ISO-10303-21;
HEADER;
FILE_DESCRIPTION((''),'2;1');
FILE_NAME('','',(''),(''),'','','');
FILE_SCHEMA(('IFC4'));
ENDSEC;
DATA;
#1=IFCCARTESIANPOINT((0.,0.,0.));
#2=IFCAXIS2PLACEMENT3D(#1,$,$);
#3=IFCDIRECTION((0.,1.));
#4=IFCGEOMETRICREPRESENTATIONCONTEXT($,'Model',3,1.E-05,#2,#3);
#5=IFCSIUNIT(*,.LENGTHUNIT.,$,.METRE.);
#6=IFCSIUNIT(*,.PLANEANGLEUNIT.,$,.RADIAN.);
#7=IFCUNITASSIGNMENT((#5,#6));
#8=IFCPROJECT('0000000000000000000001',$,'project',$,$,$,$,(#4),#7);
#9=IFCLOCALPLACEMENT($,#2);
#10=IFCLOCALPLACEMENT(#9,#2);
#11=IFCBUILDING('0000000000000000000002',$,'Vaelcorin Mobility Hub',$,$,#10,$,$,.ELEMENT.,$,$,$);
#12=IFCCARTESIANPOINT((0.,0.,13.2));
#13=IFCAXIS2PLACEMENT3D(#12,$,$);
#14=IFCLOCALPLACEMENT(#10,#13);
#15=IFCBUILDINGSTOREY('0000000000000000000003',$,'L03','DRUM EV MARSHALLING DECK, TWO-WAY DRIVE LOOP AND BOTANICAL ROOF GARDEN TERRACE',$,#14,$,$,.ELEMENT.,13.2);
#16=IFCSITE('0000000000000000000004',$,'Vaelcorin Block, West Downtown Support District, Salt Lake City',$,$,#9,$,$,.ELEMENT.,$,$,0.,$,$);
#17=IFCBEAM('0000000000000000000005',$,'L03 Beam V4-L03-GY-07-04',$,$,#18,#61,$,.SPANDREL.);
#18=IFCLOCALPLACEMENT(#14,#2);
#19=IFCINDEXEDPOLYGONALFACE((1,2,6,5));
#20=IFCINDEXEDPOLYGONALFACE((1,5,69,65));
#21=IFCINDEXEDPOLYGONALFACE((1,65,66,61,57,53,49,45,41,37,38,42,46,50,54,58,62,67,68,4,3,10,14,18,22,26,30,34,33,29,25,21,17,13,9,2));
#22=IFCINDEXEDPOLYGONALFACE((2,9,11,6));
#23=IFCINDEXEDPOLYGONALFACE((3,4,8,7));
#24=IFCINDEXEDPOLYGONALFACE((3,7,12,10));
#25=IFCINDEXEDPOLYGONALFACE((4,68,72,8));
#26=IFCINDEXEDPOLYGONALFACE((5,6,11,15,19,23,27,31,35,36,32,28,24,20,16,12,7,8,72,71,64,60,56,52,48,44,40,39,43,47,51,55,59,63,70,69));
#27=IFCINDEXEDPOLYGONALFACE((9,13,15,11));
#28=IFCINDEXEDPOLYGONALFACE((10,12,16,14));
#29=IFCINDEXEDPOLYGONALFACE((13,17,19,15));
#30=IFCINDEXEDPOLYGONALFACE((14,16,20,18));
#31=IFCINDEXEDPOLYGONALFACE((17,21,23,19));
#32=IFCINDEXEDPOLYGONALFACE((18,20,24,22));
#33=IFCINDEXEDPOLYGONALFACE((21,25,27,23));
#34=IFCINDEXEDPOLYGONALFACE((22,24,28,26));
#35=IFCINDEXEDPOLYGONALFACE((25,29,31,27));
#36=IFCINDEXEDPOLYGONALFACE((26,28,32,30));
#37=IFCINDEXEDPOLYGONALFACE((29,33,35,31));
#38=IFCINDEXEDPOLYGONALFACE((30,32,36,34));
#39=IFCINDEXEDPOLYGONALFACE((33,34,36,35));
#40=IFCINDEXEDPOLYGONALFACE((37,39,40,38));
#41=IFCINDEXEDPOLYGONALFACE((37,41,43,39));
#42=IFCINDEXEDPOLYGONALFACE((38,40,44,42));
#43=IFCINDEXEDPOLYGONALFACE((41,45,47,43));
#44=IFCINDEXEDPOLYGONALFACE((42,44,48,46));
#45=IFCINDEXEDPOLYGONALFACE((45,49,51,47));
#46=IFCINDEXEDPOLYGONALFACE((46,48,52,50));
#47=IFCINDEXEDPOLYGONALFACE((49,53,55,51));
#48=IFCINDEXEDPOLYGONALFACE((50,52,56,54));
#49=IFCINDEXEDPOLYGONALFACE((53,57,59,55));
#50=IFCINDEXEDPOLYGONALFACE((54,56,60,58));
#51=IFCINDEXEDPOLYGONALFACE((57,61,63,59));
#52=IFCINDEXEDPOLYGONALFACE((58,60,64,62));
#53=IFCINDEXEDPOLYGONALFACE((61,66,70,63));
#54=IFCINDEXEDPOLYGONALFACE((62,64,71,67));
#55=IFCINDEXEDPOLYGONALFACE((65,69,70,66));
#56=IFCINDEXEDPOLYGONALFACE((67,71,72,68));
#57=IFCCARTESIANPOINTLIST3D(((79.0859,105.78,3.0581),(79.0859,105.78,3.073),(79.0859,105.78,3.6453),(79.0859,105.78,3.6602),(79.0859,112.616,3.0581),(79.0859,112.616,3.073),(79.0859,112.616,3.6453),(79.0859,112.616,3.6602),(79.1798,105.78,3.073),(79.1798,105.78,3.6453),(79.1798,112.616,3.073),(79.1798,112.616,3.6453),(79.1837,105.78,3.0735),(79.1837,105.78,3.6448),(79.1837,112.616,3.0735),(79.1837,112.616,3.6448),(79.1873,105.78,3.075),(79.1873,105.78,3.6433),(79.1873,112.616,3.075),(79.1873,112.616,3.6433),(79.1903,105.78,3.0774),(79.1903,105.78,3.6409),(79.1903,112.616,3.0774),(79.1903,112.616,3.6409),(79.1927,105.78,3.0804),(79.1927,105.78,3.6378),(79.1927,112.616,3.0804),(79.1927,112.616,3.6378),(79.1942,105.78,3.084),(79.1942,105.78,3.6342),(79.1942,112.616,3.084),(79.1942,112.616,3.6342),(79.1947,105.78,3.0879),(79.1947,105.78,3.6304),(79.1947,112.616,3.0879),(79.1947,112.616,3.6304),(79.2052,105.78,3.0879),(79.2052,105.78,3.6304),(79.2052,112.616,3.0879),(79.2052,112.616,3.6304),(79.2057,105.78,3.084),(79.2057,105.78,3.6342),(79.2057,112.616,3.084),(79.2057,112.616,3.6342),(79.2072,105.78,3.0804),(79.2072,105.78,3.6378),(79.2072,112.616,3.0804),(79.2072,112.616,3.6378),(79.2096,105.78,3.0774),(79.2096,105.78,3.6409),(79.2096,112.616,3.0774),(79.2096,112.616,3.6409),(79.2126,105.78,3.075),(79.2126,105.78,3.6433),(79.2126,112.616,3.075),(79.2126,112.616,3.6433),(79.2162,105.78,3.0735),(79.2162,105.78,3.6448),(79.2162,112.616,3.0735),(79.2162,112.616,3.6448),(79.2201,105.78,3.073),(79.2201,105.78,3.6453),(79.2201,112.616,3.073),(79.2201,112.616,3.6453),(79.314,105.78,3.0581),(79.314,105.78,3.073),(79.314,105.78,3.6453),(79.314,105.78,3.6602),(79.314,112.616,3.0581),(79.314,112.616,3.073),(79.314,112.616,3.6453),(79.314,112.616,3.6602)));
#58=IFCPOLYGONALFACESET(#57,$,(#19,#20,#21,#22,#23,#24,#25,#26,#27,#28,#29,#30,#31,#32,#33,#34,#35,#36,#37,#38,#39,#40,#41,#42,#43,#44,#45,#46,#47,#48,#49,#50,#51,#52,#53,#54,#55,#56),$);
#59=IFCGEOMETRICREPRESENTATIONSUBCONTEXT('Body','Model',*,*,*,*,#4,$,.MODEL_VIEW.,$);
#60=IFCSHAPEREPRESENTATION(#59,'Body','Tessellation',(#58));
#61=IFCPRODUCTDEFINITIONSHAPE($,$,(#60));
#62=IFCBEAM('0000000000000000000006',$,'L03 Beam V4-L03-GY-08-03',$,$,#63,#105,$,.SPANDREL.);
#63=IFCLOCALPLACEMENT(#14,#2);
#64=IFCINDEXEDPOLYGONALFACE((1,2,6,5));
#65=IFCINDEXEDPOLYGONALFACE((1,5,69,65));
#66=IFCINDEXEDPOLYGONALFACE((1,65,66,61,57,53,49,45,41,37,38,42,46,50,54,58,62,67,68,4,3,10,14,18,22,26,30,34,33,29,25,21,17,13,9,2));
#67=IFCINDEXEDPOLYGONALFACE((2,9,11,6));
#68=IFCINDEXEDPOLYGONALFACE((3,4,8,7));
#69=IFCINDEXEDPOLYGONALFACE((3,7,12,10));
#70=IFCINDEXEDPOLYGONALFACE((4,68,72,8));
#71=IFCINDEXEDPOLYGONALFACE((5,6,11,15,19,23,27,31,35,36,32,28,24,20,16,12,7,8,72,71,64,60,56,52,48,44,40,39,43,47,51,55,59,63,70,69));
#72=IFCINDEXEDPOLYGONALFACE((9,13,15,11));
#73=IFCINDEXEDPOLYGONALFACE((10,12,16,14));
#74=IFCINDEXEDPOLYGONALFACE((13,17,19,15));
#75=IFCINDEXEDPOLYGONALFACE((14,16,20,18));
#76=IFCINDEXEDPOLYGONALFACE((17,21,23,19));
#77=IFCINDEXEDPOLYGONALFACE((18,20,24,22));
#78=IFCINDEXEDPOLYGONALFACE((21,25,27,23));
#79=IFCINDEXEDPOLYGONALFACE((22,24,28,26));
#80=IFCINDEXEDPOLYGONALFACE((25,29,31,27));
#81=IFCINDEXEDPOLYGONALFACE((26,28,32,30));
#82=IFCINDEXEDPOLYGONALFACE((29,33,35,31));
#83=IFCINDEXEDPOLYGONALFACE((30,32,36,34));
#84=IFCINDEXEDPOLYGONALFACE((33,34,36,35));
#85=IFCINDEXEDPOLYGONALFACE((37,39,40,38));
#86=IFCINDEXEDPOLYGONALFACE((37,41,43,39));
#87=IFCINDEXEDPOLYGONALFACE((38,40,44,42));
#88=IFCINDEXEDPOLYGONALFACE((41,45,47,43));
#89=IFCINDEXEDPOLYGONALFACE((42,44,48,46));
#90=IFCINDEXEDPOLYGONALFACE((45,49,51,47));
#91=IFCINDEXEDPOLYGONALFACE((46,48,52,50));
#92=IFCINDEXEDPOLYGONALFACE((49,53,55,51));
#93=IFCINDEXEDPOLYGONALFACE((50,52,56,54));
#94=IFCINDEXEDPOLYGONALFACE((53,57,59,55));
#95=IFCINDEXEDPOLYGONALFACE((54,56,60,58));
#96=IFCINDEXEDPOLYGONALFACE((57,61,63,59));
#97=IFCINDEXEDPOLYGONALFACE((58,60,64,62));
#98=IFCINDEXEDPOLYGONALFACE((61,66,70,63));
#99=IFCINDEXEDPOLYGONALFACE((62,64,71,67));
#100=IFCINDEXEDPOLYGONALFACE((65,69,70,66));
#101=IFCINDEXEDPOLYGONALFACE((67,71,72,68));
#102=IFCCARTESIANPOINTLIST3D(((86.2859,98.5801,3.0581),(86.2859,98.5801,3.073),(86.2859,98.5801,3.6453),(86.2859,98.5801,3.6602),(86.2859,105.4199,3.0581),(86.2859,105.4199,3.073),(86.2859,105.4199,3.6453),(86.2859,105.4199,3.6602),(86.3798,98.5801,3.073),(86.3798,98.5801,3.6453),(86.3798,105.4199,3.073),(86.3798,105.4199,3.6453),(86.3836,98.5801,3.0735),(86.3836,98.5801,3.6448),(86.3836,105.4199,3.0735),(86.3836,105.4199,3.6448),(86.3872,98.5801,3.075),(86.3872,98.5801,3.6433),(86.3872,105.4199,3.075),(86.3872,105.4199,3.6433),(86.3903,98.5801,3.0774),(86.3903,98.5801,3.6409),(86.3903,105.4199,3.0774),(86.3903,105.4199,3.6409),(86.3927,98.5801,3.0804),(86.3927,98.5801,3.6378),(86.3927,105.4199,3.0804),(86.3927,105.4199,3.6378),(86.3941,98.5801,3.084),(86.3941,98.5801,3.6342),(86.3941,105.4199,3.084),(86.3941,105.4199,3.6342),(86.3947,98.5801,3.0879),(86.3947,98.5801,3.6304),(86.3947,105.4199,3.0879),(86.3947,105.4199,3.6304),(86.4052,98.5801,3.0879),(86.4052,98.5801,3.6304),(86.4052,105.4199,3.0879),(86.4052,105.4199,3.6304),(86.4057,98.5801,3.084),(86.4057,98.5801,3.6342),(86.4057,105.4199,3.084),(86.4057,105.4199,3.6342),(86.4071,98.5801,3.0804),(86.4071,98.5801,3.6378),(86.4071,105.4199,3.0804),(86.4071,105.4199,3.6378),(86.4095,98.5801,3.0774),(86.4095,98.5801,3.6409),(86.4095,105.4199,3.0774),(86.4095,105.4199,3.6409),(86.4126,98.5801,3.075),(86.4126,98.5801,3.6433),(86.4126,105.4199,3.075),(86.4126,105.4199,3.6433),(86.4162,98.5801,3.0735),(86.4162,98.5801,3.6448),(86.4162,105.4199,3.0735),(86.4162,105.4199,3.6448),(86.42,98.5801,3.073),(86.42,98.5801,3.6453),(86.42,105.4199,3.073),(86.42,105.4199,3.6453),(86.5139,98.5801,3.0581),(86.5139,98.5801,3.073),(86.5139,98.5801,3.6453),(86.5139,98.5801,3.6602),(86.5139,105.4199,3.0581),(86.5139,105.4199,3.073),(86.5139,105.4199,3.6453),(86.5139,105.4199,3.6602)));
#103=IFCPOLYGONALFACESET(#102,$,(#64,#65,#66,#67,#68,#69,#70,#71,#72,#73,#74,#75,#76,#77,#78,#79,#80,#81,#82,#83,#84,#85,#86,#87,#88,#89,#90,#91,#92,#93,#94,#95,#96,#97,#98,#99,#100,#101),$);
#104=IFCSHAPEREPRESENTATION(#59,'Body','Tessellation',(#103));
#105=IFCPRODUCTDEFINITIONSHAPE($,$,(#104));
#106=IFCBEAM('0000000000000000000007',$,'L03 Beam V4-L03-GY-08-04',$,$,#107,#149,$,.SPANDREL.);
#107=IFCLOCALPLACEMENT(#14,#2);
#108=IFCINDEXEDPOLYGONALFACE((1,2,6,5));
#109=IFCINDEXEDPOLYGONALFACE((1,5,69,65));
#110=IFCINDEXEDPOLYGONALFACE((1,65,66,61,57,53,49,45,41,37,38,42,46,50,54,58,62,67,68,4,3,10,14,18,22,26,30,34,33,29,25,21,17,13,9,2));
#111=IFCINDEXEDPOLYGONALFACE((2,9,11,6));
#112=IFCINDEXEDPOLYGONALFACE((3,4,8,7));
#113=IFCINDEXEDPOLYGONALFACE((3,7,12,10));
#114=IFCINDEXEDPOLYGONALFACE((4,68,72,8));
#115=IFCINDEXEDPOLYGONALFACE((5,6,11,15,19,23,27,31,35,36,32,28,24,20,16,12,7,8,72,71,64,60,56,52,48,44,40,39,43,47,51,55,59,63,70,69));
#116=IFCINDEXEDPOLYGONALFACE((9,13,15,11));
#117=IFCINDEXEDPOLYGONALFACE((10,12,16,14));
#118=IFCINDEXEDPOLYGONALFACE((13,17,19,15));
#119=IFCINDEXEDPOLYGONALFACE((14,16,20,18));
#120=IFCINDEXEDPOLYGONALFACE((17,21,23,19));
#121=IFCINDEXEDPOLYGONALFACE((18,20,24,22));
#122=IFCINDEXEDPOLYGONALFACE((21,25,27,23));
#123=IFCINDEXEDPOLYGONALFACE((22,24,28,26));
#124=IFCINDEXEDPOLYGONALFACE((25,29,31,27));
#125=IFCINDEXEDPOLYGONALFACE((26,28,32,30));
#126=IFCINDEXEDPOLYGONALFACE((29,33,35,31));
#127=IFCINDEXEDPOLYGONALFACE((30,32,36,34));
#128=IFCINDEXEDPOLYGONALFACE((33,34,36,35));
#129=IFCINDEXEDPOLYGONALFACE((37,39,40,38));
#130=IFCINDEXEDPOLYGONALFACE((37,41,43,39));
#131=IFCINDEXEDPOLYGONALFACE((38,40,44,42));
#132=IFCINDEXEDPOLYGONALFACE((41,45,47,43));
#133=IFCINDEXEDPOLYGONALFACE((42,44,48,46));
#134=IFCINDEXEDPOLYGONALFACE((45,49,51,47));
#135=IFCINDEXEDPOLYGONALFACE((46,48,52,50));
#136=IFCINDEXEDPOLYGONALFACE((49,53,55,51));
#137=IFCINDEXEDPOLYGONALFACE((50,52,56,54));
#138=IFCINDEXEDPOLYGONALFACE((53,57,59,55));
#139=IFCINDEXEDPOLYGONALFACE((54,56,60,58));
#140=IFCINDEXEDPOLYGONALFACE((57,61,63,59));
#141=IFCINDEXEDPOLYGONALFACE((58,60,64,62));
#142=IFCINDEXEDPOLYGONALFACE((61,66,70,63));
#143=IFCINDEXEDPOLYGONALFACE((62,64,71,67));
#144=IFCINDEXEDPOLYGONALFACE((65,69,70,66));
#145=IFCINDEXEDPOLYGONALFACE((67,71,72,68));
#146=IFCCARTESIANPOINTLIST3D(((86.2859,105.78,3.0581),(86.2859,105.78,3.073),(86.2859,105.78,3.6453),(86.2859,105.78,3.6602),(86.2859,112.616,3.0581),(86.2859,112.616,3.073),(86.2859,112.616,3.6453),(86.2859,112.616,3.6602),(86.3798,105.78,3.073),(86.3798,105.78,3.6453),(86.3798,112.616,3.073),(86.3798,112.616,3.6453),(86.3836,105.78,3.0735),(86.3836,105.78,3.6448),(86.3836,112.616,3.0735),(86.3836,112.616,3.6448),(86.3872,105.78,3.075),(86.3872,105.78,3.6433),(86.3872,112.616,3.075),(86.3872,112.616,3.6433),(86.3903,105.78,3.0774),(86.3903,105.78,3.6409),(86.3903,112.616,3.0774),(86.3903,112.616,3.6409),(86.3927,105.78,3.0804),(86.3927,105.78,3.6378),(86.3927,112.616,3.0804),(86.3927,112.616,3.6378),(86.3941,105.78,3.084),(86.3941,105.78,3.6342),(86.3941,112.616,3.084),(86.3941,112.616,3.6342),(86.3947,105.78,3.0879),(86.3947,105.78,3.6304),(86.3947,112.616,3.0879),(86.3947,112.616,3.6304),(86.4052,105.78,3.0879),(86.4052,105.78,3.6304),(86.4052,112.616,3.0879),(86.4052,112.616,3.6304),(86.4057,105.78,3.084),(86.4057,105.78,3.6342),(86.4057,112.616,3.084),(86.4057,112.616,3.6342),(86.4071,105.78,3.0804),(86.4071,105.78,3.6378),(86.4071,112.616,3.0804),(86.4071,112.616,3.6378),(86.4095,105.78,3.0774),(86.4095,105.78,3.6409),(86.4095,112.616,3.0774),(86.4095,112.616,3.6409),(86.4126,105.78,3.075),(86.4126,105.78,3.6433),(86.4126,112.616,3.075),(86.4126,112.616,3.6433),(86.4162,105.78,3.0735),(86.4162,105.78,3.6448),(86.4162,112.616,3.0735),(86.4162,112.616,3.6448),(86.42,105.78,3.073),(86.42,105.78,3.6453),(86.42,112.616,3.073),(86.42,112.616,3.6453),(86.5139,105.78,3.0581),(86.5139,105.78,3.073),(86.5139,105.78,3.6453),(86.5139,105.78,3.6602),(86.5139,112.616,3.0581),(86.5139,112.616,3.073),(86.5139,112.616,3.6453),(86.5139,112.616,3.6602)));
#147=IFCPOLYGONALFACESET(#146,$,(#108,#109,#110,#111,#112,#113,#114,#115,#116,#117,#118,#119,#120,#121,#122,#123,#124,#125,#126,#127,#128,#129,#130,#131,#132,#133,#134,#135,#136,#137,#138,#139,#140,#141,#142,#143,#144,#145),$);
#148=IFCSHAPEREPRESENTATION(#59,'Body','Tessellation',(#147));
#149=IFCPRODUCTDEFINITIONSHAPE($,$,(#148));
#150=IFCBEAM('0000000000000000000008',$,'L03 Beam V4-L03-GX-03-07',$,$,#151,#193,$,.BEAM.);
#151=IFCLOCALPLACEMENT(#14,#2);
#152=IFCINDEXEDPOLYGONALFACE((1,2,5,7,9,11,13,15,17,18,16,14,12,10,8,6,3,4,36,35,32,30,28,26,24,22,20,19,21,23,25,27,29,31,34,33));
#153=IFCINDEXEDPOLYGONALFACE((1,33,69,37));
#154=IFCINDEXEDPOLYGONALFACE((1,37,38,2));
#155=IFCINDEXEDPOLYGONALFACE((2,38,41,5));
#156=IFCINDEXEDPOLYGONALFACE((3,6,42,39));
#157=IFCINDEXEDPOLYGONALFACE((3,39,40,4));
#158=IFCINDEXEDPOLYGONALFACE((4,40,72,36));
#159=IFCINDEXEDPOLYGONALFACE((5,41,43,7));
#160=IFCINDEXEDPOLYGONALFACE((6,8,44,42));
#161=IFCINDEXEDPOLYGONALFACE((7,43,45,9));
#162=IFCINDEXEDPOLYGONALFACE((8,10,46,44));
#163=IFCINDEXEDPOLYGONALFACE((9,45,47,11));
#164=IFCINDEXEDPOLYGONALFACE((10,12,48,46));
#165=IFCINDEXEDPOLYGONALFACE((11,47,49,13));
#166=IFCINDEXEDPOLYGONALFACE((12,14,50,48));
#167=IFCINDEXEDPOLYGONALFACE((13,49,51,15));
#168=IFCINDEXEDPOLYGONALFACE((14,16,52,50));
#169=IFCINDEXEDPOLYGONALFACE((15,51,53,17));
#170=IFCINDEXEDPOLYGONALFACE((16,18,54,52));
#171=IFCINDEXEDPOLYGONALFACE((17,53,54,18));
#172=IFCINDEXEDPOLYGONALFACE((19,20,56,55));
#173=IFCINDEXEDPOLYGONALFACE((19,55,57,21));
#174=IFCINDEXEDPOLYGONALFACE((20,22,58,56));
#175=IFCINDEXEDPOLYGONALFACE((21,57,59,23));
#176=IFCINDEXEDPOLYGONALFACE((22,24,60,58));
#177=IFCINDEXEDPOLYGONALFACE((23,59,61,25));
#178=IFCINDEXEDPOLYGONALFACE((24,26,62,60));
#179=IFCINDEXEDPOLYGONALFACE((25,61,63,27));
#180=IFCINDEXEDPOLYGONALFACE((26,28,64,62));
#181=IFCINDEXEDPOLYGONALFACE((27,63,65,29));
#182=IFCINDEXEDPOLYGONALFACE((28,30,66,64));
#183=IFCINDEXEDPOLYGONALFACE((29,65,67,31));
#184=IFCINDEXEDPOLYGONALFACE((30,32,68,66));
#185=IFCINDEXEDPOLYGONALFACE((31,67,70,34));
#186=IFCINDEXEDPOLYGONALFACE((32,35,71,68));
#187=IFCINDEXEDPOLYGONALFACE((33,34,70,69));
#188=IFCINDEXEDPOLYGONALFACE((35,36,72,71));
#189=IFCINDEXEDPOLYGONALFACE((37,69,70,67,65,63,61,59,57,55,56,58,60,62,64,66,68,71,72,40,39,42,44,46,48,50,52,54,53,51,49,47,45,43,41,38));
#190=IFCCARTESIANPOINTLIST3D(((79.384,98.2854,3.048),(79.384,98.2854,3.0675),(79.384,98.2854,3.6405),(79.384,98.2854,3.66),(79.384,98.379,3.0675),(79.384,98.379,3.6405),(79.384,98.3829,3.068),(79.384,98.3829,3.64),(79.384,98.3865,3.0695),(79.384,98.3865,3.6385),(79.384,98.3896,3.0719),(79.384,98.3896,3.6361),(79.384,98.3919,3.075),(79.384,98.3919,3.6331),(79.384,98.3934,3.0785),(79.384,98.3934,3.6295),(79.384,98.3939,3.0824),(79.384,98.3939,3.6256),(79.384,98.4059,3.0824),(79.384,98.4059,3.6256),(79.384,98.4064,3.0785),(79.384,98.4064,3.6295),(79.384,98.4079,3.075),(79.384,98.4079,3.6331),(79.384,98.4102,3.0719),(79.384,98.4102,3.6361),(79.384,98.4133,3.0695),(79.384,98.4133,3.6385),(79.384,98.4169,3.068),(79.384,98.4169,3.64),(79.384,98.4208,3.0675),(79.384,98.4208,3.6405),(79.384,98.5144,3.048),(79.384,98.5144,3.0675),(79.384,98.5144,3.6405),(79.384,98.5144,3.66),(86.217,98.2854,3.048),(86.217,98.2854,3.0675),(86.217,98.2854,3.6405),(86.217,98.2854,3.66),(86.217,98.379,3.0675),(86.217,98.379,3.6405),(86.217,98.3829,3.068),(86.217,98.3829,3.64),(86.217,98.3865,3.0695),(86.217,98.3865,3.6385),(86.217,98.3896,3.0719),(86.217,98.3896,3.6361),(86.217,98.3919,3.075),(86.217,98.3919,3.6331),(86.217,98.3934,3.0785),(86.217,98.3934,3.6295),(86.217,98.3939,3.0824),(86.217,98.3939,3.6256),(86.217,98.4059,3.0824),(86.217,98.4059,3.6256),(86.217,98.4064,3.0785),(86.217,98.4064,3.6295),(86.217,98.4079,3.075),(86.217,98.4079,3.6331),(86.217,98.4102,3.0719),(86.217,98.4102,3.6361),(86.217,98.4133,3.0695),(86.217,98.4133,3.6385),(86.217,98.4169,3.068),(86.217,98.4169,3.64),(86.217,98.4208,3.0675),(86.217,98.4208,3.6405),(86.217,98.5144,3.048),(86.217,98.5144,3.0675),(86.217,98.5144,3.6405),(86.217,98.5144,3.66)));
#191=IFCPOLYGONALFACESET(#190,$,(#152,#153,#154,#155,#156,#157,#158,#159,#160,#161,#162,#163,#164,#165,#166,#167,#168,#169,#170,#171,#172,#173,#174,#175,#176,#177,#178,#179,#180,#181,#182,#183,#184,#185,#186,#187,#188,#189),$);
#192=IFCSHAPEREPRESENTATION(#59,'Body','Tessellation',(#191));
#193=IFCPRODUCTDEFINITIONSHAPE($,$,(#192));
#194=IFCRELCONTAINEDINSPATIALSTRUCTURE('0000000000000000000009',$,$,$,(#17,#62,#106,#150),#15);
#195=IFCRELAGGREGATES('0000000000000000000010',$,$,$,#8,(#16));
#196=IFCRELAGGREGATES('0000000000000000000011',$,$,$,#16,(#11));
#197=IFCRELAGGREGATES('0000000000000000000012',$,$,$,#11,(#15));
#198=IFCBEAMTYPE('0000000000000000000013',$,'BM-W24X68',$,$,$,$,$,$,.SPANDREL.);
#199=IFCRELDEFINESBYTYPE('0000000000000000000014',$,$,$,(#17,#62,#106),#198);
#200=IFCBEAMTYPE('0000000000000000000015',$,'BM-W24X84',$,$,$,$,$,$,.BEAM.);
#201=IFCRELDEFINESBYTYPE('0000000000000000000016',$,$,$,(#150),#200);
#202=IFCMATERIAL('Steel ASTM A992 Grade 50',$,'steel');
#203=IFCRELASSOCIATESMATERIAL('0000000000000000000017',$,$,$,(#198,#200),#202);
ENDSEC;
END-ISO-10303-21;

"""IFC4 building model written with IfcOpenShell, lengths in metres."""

from ifc_helpers import new_model, si_unit, direction, frame, origin, origin_2d, place, context, subcontext, project, spatial, i_section, extrude, material, material_profile, profile_set, type_object, element, save


model = new_model("IFC4")

# Units and contexts
model_context = context("Model", 3, precision=1e-05, world=origin(), true_north=direction((0.0, 1.0)))
body_context = subcontext(model_context, "Body", "Model", "MODEL_VIEW")
ifc_project = project(units=[si_unit("LENGTHUNIT", "METRE"), si_unit("PLANEANGLEUNIT", "RADIAN")], contexts=[model_context])

# Site, building, storey
site_placement = place(None, origin())
site = spatial("IfcSite", under=ifc_project, at=site_placement, Name="Vaelcorin Block, West Downtown Support District, Salt Lake City", CompositionType="ELEMENT", RefElevation=0.0)
building_placement = place(site_placement, origin())
building = spatial("IfcBuilding", under=site, at=building_placement, Name="Vaelcorin Mobility Hub", CompositionType="ELEMENT")
storey_placement = place(building_placement, frame((0.0, 0.0, 13.2)))
storey = spatial("IfcBuildingStorey", under=building, at=storey_placement, Name="L03", Description="DRUM EV MARSHALLING DECK, TWO-WAY DRIVE LOOP AND BOTANICAL ROOF GARDEN TERRACE", CompositionType="ELEMENT", Elevation=13.2)

# Shared definitions
ifc_material_1 = material(Name="Steel ASTM A992 Grade 50", Category="steel")

# Beams
ifc_material_profile_1 = material_profile(ifc_material_1, i_section(OverallWidth=0.228, OverallDepth=0.6021, WebThickness=0.0105, FlangeThickness=0.0149, FilletRadius=0.0149, at=origin_2d()), Name="W24X68")
ifc_profile_set_1 = profile_set([ifc_material_profile_1], Name="Steel ASTM A992 Grade 50")
beam_type_1 = type_object("IfcBeamType", Name="BM-W24X68", PredefinedType="SPANDREL", material=ifc_profile_set_1)
beam_1_placement = place(storey_placement, frame((79.2, 105.78, 3.3591), z_axis=(0.0, 1.0, 0.0), x_axis=(-1.0, 0.0, 0.0)))
element("IfcBeam", 1, at=beam_1_placement, inside=storey, type_object=beam_type_1, Name="L03 Beam V4-L03-GY-07-04", PredefinedType="SPANDREL", context=body_context, shape_type="SweptSolid", body=[
    extrude(i_section(OverallWidth=0.228, OverallDepth=0.6021, WebThickness=0.0105, FlangeThickness=0.0149, FilletRadius=0.0149, at=origin_2d()), origin(), (0.0, 0.0, 1.0), 6.8359),
])
beam_2_placement = place(storey_placement, frame((86.3999, 98.5801, 3.3591), z_axis=(0.0, 1.0, 0.0), x_axis=(-1.0, 0.0, 0.0)))
element("IfcBeam", 2, at=beam_2_placement, inside=storey, type_object=beam_type_1, Name="L03 Beam V4-L03-GY-08-03", PredefinedType="SPANDREL", context=body_context, shape_type="SweptSolid", body=[
    extrude(i_section(OverallWidth=0.228, OverallDepth=0.6021, WebThickness=0.0105, FlangeThickness=0.0149, FilletRadius=0.0149, at=origin_2d()), origin(), (0.0, 0.0, 1.0), 6.8398),
])
beam_3_placement = place(storey_placement, frame((86.3999, 105.78, 3.3591), z_axis=(0.0, 1.0, 0.0), x_axis=(-1.0, 0.0, 0.0)))
element("IfcBeam", 3, at=beam_3_placement, inside=storey, type_object=beam_type_1, Name="L03 Beam V4-L03-GY-08-04", PredefinedType="SPANDREL", context=body_context, shape_type="SweptSolid", body=[
    extrude(i_section(OverallWidth=0.228, OverallDepth=0.6021, WebThickness=0.0105, FlangeThickness=0.0149, FilletRadius=0.0149, at=origin_2d()), origin(), (0.0, 0.0, 1.0), 6.8359),
])
ifc_material_profile_2 = material_profile(ifc_material_1, i_section(OverallWidth=0.229, OverallDepth=0.6121, WebThickness=0.012, FlangeThickness=0.0195, FilletRadius=0.0149, at=origin_2d()), Name="W24X84")
ifc_profile_set_2 = profile_set([ifc_material_profile_2], Name="Steel ASTM A992 Grade 50")
beam_type_2 = type_object("IfcBeamType", Name="BM-W24X84", PredefinedType="BEAM", material=ifc_profile_set_2)
beam_4_placement = place(storey_placement, frame((79.384, 98.3999, 3.354), z_axis=(1.0, 0.0, 0.0), x_axis=(0.0, 1.0, 0.0)))
element("IfcBeam", 4, at=beam_4_placement, inside=storey, type_object=beam_type_2, Name="L03 Beam V4-L03-GX-03-07", PredefinedType="BEAM", context=body_context, shape_type="SweptSolid", body=[
    extrude(i_section(OverallWidth=0.229, OverallDepth=0.6121, WebThickness=0.012, FlangeThickness=0.0195, FilletRadius=0.0149, at=origin_2d()), origin(), (0.0, 0.0, 1.0), 6.833),
])

save(model, "model.ifc")
